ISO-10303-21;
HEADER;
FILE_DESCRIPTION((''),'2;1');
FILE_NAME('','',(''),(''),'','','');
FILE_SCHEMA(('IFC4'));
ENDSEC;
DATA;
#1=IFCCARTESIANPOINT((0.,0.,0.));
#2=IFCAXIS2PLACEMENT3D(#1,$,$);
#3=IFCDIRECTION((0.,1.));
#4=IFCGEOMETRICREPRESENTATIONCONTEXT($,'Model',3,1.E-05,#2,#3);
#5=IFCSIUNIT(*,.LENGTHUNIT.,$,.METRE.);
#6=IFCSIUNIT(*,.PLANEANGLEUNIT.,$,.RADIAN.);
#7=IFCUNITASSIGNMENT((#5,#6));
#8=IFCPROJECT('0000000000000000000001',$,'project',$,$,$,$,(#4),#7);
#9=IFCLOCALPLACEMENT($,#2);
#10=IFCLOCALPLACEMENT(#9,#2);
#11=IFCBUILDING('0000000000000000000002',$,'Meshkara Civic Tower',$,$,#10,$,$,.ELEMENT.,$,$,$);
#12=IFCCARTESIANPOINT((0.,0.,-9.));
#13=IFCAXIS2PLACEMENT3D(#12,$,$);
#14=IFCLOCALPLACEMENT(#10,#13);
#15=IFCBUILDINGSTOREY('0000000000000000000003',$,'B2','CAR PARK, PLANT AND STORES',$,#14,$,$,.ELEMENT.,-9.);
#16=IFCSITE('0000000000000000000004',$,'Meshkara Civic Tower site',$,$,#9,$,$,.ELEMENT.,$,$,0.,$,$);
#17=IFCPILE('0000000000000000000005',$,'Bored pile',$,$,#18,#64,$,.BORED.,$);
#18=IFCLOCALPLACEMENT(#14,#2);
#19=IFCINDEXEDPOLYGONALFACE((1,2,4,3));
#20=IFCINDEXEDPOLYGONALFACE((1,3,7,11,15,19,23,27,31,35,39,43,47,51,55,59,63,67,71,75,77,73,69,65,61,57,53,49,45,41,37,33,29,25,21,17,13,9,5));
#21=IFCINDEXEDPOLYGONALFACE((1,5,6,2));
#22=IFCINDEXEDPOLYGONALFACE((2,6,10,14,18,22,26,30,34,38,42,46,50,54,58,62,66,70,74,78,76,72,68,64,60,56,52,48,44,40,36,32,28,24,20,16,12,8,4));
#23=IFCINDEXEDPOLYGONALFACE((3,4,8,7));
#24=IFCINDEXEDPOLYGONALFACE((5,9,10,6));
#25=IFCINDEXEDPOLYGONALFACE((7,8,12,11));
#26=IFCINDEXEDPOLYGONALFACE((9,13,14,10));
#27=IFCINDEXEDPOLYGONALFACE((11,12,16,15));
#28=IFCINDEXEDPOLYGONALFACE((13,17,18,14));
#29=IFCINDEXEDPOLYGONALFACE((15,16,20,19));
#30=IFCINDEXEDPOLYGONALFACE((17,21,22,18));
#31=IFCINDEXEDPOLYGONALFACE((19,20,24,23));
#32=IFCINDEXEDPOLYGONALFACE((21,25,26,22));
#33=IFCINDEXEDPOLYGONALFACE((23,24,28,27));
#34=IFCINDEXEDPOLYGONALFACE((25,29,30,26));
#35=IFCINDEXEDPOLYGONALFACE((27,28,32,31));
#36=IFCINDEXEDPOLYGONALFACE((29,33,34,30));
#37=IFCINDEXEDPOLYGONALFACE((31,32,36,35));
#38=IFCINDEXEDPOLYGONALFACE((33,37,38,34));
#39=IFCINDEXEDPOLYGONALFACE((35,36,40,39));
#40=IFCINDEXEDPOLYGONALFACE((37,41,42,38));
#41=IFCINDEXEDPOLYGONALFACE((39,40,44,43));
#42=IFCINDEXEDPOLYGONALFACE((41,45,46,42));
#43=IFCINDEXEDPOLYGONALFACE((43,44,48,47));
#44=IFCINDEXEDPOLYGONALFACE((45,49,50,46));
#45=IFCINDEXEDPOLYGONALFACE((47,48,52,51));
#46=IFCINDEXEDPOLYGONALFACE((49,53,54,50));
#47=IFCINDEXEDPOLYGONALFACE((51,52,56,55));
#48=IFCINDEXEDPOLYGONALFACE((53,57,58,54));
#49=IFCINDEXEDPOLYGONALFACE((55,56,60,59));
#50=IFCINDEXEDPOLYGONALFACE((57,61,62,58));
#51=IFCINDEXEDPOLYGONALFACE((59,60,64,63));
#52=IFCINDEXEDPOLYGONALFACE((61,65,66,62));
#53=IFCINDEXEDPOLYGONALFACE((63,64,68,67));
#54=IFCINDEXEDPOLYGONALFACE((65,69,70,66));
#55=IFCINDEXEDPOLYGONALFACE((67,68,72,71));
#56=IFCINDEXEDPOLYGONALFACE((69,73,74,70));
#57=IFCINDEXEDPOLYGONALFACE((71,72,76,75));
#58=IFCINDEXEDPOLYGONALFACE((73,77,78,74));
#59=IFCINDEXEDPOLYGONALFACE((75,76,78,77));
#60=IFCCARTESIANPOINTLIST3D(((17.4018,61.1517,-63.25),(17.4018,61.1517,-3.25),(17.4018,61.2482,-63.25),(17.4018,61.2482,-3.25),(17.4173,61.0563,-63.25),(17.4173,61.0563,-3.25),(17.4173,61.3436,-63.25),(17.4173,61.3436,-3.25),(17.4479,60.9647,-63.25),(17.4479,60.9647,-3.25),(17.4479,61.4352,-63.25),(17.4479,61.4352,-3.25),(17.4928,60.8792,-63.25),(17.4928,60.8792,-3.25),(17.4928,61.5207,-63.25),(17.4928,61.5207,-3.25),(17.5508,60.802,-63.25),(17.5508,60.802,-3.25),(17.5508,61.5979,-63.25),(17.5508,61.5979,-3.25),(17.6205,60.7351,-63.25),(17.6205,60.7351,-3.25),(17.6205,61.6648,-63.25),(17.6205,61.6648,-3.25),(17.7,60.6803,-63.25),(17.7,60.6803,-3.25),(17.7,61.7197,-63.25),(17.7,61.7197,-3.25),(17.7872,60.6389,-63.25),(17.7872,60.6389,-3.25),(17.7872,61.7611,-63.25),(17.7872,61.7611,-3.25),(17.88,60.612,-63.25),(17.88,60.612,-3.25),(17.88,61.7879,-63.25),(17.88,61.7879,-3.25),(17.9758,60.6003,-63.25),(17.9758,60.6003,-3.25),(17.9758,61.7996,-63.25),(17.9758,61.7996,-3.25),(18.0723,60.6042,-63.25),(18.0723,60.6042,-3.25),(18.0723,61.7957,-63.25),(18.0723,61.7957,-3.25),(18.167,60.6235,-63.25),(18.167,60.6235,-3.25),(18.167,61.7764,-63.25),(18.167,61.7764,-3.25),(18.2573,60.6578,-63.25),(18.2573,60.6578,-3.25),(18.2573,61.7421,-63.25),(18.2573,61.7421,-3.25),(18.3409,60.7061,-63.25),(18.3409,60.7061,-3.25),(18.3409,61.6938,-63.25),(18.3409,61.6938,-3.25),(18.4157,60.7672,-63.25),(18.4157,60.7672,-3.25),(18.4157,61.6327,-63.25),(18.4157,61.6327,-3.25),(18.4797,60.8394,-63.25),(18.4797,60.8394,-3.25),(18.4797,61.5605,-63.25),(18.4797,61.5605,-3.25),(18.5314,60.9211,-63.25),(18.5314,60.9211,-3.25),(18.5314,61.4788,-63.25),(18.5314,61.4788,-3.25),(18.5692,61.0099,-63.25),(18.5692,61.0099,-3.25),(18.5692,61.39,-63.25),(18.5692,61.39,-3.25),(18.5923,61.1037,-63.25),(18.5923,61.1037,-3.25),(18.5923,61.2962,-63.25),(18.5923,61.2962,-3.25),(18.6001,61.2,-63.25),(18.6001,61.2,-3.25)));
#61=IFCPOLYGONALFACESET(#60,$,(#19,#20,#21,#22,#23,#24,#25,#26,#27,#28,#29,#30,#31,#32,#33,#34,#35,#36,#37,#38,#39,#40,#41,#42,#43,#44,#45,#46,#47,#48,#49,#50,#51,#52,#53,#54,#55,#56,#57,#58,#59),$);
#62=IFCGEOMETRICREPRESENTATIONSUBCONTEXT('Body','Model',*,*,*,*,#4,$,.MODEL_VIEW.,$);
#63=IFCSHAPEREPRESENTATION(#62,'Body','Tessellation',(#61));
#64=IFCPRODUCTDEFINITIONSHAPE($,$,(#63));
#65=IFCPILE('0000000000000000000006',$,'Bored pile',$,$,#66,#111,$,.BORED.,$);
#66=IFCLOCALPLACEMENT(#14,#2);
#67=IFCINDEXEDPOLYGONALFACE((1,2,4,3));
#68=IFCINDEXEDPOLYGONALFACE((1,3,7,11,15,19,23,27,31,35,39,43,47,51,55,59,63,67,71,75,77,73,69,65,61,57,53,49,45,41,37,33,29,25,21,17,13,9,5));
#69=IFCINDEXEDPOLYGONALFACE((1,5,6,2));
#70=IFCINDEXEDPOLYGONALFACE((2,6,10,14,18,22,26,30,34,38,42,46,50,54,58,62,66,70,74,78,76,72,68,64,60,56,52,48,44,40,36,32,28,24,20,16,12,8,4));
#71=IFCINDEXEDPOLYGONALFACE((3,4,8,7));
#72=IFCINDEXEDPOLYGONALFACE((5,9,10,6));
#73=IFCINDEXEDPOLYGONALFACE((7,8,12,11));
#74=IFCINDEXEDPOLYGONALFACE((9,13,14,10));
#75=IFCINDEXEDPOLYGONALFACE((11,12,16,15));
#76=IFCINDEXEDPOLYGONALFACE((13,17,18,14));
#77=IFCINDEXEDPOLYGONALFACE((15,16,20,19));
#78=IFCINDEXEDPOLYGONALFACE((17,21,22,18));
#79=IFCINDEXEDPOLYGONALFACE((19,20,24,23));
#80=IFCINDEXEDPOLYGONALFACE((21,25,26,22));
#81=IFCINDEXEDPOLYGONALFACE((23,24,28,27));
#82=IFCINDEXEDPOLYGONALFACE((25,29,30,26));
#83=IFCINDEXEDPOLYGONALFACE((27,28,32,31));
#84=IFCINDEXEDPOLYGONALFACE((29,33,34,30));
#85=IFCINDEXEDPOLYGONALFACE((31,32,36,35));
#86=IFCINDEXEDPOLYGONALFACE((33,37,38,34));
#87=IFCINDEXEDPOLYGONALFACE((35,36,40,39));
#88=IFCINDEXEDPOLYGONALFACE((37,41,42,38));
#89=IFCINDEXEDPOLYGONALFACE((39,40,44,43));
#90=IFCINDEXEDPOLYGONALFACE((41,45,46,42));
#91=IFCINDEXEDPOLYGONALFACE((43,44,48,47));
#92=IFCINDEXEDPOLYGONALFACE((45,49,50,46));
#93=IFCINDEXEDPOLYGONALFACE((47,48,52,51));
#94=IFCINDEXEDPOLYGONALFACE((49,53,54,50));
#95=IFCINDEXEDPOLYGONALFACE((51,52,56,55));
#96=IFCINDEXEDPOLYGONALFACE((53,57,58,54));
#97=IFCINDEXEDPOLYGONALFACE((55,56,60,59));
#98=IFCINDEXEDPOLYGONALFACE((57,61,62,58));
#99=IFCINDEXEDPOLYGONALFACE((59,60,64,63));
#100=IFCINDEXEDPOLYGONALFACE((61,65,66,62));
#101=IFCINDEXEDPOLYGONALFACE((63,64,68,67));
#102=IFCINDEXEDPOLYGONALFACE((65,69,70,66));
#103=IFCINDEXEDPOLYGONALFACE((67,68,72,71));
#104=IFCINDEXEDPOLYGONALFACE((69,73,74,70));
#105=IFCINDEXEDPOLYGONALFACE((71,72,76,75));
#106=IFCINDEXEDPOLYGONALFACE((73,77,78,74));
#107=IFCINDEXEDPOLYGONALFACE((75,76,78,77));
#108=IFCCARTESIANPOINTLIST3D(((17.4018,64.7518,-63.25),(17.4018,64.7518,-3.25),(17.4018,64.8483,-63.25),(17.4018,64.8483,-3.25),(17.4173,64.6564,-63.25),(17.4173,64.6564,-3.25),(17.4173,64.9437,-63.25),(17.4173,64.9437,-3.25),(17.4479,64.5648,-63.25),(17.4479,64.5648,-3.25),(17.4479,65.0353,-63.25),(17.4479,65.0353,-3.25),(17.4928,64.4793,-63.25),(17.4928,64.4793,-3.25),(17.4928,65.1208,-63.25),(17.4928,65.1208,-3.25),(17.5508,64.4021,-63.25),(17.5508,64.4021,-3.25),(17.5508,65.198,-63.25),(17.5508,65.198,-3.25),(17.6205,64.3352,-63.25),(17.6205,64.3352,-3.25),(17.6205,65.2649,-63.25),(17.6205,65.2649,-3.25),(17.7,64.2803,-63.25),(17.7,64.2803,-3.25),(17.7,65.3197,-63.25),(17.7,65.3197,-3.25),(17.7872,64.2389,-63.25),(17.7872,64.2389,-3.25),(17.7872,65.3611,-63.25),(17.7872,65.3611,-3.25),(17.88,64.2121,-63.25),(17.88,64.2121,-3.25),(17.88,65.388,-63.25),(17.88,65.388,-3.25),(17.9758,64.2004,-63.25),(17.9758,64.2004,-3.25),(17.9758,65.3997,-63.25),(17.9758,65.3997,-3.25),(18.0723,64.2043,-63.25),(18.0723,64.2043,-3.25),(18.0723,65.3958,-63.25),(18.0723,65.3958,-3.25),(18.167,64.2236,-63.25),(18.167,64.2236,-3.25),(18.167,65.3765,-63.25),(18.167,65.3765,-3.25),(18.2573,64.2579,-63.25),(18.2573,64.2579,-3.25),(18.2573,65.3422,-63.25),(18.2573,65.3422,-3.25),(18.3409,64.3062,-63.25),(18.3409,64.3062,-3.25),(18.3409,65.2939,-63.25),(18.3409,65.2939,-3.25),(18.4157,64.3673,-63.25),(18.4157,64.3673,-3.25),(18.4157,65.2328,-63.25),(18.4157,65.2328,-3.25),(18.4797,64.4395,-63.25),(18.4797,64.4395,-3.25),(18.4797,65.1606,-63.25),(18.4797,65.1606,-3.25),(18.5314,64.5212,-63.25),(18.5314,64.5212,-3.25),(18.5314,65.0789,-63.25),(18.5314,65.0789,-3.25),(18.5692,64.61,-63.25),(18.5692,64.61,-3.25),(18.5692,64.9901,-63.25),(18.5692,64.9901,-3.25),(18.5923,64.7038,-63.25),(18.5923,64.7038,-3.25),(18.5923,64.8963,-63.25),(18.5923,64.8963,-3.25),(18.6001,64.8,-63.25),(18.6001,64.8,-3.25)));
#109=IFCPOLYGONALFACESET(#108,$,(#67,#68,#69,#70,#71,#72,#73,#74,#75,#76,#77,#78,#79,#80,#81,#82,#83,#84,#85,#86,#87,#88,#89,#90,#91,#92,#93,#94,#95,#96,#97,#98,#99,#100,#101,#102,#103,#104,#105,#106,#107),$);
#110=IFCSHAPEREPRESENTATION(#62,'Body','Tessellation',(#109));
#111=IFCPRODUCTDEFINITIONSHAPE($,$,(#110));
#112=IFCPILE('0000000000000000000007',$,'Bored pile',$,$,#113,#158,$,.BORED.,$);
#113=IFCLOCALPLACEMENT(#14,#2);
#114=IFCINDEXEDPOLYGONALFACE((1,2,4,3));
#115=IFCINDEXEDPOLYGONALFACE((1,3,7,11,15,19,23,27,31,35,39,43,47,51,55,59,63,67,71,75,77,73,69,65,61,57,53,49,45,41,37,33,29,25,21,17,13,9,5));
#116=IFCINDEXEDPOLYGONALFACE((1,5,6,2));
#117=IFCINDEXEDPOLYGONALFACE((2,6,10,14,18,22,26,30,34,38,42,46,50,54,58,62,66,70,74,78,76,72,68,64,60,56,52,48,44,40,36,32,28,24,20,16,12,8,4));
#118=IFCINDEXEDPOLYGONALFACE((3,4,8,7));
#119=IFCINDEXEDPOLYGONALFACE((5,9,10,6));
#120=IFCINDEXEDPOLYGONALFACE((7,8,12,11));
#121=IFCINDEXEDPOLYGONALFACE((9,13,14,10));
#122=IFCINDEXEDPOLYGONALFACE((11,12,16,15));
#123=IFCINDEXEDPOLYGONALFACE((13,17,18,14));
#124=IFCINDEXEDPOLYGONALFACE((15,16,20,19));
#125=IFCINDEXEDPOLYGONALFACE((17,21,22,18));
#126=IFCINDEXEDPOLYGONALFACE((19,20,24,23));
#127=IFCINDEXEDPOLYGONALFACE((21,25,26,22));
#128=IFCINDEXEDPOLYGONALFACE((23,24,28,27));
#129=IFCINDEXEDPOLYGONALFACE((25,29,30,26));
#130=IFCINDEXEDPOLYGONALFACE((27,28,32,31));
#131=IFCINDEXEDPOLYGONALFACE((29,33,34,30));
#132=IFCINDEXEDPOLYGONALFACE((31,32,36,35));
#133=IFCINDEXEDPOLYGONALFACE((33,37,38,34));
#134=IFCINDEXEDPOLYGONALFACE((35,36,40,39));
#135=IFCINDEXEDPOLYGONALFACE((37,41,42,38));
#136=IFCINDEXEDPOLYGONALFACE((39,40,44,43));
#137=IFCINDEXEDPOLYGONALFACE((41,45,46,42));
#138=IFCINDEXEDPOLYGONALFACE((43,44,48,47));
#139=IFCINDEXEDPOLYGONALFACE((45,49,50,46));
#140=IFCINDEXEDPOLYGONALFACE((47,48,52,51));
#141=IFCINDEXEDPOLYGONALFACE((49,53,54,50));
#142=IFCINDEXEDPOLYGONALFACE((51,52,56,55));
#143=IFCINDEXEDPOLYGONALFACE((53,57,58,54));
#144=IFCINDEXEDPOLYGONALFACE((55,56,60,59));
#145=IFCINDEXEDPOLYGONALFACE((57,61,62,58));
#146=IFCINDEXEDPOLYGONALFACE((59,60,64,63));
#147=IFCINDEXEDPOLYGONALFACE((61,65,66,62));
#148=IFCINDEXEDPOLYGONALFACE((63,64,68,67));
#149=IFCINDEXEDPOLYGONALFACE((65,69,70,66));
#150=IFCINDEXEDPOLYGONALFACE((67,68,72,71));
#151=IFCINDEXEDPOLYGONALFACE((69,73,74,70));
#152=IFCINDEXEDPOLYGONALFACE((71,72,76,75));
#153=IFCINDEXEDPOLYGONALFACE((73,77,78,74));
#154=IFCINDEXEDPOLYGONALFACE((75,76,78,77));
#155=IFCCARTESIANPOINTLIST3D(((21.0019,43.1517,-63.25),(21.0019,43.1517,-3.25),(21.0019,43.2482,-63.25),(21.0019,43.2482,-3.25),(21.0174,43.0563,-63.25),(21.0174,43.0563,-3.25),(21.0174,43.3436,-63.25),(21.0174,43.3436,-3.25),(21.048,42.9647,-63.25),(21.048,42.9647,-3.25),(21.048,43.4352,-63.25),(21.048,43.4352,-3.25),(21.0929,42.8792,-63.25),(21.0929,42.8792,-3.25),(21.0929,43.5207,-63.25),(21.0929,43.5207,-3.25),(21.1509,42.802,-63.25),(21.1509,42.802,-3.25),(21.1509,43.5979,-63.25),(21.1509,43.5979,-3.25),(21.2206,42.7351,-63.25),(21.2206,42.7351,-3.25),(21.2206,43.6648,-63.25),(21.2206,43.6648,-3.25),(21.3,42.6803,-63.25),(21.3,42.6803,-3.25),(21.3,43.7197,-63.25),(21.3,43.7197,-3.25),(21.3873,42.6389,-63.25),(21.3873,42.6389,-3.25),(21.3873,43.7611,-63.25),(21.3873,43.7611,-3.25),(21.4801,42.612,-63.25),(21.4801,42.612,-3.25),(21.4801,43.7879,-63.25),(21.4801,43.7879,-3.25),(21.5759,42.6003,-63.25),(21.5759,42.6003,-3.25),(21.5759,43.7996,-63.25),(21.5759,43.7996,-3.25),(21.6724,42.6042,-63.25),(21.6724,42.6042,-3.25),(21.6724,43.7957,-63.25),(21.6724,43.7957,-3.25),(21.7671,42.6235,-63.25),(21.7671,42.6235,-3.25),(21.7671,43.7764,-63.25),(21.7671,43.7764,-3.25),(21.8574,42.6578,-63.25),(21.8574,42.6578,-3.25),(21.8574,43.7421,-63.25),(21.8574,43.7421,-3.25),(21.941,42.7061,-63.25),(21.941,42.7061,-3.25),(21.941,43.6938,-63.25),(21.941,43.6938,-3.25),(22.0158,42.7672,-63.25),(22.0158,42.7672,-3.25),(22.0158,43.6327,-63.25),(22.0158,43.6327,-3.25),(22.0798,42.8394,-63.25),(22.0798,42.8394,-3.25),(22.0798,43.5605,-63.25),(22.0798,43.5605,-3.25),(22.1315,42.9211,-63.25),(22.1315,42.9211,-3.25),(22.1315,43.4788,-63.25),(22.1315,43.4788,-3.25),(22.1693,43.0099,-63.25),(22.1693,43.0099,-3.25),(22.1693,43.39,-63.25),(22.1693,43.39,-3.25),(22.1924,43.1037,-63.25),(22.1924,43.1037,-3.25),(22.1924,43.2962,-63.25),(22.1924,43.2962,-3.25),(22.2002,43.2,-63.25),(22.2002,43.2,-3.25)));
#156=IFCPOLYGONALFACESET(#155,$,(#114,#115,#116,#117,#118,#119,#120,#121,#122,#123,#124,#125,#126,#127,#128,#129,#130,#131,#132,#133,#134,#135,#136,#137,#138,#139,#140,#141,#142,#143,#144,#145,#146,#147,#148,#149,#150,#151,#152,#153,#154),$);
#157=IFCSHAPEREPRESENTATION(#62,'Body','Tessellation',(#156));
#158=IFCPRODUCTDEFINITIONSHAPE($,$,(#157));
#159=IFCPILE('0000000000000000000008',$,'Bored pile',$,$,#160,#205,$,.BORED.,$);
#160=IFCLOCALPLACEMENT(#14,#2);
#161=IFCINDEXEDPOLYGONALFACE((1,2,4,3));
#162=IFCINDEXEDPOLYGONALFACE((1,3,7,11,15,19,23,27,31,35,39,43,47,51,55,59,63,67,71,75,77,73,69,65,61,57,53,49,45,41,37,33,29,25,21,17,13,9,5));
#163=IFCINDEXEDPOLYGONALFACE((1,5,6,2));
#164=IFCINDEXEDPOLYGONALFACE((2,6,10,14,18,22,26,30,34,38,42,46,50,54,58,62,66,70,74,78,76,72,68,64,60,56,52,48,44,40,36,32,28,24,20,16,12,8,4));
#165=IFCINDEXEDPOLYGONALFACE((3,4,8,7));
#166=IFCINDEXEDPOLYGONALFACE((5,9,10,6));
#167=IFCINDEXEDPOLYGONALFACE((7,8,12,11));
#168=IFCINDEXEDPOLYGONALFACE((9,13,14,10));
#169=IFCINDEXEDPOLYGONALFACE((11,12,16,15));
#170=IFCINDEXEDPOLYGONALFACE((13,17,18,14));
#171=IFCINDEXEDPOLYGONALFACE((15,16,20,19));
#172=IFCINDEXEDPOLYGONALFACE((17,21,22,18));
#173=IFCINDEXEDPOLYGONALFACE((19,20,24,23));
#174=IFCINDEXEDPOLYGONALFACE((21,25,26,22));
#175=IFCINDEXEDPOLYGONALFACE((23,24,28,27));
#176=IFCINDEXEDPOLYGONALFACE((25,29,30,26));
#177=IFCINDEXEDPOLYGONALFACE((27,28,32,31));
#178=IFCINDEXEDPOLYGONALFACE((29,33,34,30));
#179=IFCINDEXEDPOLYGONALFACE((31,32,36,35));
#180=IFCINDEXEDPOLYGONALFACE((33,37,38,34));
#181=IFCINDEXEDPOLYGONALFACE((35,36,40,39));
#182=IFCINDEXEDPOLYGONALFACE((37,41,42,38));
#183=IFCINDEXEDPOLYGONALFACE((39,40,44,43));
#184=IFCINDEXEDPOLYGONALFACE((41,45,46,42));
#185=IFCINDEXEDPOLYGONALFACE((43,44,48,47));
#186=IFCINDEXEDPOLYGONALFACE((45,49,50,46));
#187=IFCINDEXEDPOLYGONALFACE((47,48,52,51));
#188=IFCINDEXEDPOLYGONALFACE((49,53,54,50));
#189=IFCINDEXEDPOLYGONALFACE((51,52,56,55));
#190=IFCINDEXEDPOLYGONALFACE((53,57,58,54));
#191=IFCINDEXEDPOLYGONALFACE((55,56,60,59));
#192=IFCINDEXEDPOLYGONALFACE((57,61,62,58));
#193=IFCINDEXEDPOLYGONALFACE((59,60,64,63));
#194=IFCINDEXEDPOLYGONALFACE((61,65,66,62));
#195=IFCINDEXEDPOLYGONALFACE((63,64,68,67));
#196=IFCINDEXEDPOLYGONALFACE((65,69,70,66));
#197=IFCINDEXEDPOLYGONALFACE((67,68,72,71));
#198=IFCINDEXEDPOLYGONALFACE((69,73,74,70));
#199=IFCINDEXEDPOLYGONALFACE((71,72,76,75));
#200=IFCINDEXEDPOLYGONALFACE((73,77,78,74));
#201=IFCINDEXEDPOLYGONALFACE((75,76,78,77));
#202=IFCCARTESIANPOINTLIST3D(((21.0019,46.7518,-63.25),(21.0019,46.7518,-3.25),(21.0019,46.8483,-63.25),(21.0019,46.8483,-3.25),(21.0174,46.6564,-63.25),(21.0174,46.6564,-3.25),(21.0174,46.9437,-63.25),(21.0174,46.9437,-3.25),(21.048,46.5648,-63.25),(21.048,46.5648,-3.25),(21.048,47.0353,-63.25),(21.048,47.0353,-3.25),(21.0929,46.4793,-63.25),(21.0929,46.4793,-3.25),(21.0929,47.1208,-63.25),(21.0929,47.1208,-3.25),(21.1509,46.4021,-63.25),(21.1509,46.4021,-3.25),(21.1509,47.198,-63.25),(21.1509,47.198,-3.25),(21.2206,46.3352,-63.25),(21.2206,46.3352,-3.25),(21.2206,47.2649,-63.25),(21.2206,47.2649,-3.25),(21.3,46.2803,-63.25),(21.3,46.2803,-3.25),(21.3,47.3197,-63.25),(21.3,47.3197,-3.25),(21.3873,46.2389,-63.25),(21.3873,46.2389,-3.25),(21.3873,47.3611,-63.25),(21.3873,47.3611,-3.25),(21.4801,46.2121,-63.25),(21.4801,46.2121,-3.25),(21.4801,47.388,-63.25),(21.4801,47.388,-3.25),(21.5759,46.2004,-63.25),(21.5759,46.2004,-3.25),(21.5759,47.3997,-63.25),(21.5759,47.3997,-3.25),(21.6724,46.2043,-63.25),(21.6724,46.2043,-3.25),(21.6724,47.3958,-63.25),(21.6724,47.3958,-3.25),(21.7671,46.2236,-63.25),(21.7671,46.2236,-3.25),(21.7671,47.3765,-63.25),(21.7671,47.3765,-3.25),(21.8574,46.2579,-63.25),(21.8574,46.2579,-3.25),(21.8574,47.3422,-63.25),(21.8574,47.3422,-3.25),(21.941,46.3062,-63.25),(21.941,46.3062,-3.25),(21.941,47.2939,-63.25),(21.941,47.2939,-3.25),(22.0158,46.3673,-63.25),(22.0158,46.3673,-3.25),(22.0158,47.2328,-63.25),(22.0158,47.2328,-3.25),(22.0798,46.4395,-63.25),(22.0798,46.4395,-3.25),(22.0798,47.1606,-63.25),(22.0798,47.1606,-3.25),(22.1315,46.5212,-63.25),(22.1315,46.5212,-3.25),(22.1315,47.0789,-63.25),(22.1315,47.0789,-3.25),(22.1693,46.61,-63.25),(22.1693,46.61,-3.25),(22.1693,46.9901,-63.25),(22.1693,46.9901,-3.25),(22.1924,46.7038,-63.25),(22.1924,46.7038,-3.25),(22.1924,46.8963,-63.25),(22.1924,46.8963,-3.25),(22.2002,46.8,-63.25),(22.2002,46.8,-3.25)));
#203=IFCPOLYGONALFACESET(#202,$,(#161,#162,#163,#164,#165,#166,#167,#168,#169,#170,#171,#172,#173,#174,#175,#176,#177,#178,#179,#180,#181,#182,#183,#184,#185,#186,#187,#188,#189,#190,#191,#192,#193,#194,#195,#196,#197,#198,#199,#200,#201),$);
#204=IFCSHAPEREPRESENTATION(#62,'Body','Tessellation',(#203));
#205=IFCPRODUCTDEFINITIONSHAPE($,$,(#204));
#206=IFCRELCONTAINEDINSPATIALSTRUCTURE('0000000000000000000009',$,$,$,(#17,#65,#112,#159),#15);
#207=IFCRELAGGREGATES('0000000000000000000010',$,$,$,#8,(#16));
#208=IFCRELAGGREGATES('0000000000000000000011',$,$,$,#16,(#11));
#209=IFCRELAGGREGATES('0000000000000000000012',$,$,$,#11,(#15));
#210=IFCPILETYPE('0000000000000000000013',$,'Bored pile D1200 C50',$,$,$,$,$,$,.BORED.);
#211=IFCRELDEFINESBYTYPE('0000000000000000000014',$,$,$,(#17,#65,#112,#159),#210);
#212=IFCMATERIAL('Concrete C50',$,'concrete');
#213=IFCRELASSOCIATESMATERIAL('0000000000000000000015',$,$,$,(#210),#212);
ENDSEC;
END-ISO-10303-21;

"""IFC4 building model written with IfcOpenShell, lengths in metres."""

from ifc_helpers import new_model, si_unit, direction, frame, origin, origin_2d, place, context, subcontext, project, spatial, circle, extrude, material, material_profile, profile_set, type_object, element, save


model = new_model("IFC4")

# Units and contexts
model_context = context("Model", 3, precision=1e-05, world=origin(), true_north=direction((0.0, 1.0)))
body_context = subcontext(model_context, "Body", "Model", "MODEL_VIEW")
ifc_project = project(units=[si_unit("LENGTHUNIT", "METRE"), si_unit("PLANEANGLEUNIT", "RADIAN")], contexts=[model_context])

# Site, building, storey
site_placement = place(None, origin())
site = spatial("IfcSite", under=ifc_project, at=site_placement, Name="Meshkara Civic Tower site", CompositionType="ELEMENT", RefElevation=0.0)
building_placement = place(site_placement, origin())
building = spatial("IfcBuilding", under=site, at=building_placement, Name="Meshkara Civic Tower", CompositionType="ELEMENT")
storey_placement = place(building_placement, frame((0.0, 0.0, -9.0)))
storey = spatial("IfcBuildingStorey", under=building, at=storey_placement, Name="B2", Description="CAR PARK, PLANT AND STORES", CompositionType="ELEMENT", Elevation=-9.0)

# Piles
ifc_material_1 = material(Name="Concrete C50", Category="concrete")
ifc_material_profile_1 = material_profile(ifc_material_1, circle(Radius=0.6001, at=origin_2d()))
ifc_profile_set_1 = profile_set([ifc_material_profile_1], Name="Concrete C50")
pile_type = type_object("IfcPileType", Name="Bored pile D1200 C50", PredefinedType="BORED", material=ifc_profile_set_1)
for number, where, z_axis, x_axis, name in (
    (1, (18.0, 61.2, -3.25), (0.0, 0.0, -1.0), (1.0, 0.0, 0.0), "Bored pile"),
    (2, (18.0, 64.8, -3.25), (0.0, 0.0, -1.0), (1.0, 0.0, 0.0), "Bored pile"),
    (3, (21.6001, 43.2, -3.25), (0.0, 0.0, -1.0), (1.0, 0.0, 0.0), "Bored pile"),
    (4, (21.6001, 46.8, -3.25), (0.0, 0.0, -1.0), (1.0, 0.0, 0.0), "Bored pile"),
):
    element("IfcPile", number, at=place(storey_placement, frame(where, z_axis=z_axis, x_axis=x_axis)), inside=storey, type_object=pile_type, Name=name, PredefinedType="BORED", context=body_context, shape_type="SweptSolid", body=[
        extrude(circle(Radius=0.6001, at=origin_2d()), origin(), (0.0, 0.0, 1.0), 60.0),
    ])

save(model, "model.ifc")
